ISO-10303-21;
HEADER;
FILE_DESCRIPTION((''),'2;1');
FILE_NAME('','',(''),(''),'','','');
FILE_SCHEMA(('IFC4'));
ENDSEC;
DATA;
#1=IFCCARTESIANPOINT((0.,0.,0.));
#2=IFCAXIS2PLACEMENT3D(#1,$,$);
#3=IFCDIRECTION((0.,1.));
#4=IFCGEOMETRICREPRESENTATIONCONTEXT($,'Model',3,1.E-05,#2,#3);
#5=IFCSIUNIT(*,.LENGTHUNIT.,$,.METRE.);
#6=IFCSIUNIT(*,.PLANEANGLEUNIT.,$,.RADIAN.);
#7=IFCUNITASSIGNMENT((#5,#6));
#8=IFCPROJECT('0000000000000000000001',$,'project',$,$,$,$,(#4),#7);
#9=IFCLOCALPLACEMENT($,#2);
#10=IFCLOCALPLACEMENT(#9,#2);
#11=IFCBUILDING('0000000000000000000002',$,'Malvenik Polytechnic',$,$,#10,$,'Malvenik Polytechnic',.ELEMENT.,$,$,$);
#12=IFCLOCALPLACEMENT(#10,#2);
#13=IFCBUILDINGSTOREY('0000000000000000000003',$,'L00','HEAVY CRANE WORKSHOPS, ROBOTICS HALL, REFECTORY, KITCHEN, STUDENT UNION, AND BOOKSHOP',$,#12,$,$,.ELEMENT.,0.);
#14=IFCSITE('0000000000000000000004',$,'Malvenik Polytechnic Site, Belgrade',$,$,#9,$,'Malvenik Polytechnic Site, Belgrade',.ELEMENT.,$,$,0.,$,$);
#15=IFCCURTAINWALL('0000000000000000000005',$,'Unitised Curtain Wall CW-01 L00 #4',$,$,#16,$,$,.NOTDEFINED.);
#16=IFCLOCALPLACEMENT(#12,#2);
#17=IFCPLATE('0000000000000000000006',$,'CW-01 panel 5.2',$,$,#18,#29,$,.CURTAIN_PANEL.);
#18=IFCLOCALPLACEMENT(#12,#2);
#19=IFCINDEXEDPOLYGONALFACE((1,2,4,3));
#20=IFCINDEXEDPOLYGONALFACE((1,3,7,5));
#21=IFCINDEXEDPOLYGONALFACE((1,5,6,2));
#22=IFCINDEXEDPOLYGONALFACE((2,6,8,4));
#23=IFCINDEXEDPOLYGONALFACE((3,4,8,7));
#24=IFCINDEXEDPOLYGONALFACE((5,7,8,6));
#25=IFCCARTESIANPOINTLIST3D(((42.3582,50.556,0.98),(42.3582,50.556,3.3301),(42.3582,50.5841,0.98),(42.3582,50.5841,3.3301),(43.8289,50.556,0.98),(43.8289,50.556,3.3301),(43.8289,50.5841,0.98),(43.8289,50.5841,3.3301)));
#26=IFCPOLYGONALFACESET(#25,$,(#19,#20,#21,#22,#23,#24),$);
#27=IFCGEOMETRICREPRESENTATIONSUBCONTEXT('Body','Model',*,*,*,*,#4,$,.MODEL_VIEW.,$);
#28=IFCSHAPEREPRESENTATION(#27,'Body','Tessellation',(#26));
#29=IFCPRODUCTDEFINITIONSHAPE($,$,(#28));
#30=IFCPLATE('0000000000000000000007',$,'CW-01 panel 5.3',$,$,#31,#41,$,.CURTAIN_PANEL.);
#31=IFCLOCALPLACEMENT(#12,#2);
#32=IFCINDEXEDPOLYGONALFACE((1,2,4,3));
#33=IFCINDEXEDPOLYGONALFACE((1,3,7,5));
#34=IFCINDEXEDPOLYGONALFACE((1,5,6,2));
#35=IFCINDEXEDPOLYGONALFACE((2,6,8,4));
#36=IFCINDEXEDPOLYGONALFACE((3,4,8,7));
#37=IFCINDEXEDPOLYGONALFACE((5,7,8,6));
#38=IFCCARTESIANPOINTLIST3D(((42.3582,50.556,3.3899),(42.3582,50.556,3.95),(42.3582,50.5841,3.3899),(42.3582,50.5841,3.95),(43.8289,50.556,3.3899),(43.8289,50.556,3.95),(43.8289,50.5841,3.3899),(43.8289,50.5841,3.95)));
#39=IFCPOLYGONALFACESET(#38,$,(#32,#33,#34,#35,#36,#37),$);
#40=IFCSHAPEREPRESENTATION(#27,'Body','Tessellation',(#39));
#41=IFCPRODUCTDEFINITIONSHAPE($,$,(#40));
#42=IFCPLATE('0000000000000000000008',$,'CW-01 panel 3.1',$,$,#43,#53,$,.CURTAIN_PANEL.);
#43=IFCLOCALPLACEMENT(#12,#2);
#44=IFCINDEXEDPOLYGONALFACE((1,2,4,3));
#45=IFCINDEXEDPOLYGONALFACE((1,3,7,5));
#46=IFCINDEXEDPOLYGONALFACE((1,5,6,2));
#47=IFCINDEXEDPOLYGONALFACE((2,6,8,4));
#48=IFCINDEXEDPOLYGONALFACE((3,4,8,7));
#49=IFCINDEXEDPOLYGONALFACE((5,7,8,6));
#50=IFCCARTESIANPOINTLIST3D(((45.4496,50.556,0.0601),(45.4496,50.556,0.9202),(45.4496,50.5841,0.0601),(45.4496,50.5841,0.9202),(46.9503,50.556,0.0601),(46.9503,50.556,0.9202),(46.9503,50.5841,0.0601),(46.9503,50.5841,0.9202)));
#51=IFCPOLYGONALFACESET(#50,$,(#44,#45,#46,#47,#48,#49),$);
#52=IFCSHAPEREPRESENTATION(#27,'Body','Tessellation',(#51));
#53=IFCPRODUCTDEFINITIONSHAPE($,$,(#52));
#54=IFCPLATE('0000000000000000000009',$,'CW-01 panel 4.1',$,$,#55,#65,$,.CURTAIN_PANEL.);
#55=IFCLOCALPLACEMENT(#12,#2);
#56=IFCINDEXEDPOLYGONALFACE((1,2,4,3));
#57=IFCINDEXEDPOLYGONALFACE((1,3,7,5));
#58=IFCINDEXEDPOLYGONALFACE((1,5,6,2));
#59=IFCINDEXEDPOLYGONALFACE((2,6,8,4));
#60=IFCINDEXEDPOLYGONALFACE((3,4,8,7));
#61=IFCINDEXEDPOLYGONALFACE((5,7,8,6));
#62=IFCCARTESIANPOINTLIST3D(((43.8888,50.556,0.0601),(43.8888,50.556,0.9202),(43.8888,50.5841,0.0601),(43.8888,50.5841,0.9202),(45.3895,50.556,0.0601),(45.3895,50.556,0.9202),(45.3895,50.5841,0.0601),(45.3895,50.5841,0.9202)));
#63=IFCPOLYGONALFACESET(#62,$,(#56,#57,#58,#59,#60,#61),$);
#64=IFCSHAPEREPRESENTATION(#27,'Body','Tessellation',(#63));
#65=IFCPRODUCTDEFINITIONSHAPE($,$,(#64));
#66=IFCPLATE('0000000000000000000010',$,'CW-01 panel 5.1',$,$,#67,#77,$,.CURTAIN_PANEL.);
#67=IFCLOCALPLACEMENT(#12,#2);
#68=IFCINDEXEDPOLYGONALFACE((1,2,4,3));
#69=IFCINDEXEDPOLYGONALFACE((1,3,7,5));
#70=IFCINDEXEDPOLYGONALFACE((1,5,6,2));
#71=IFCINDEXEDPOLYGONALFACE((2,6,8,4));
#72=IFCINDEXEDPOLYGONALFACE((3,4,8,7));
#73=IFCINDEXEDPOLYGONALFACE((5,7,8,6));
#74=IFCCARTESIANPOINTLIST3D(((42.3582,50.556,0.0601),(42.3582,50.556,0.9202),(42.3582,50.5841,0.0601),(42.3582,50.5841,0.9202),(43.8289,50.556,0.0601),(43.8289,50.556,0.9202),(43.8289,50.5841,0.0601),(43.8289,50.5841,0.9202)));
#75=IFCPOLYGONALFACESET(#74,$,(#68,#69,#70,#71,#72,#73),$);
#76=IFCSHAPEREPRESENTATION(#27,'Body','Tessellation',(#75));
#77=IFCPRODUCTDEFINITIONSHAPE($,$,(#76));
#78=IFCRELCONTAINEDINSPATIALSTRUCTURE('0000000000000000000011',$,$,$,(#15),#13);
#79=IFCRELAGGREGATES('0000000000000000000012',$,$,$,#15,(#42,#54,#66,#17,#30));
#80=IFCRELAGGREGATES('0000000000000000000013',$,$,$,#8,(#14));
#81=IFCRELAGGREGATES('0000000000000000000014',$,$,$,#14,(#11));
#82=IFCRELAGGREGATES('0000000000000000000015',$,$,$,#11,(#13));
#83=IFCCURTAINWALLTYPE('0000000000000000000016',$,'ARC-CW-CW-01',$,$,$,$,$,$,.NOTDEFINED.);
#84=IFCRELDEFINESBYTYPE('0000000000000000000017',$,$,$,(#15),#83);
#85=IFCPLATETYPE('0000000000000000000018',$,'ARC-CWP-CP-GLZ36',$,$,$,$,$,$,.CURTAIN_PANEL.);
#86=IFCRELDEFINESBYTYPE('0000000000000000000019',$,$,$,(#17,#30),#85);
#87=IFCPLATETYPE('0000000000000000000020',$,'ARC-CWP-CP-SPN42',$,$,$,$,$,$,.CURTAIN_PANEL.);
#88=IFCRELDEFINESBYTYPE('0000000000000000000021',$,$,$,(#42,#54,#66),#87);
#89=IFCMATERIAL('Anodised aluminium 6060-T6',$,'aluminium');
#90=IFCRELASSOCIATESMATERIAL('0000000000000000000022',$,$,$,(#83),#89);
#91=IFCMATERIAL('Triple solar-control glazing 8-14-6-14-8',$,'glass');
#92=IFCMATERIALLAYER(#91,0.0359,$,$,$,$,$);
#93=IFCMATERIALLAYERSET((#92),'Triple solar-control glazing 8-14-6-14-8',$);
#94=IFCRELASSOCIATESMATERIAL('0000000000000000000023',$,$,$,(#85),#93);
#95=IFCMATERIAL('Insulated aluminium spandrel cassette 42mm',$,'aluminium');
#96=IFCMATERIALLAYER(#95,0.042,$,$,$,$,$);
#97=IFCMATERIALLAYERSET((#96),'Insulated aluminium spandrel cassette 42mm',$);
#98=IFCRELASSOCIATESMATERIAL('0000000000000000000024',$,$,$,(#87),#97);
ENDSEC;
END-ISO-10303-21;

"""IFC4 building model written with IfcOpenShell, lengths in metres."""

from ifc_helpers import new_model, si_unit, direction, frame, origin, origin_2d, place, context, subcontext, project, spatial, rectangle, extrude, material, layer, layer_set, type_object, element, aggregate, save


model = new_model("IFC4")

# Units and contexts
model_context = context("Model", 3, precision=1e-05, world=origin(), true_north=direction((0.0, 1.0)))
body_context = subcontext(model_context, "Body", "Model", "MODEL_VIEW")
ifc_project = project(units=[si_unit("LENGTHUNIT", "METRE"), si_unit("PLANEANGLEUNIT", "RADIAN")], contexts=[model_context])

# Site, building, storey
site_placement = place(None, origin())
site = spatial("IfcSite", under=ifc_project, at=site_placement, Name="Malvenik Polytechnic Site, Belgrade", LongName="Malvenik Polytechnic Site, Belgrade", CompositionType="ELEMENT", RefElevation=0.0)
building_placement = place(site_placement, origin())
building = spatial("IfcBuilding", under=site, at=building_placement, Name="Malvenik Polytechnic", LongName="Malvenik Polytechnic", CompositionType="ELEMENT")
storey_placement = place(building_placement, origin())
storey = spatial("IfcBuildingStorey", under=building, at=storey_placement, Name="L00", Description="HEAVY CRANE WORKSHOPS, ROBOTICS HALL, REFECTORY, KITCHEN, STUDENT UNION, AND BOOKSHOP", CompositionType="ELEMENT", Elevation=0.0)

# Curtain wall, plates
ifc_material_1 = material(Name="Anodised aluminium 6060-T6", Category="aluminium")
curtain_wall_type = type_object("IfcCurtainWallType", Name="ARC-CW-CW-01", PredefinedType="NOTDEFINED", material=ifc_material_1)
curtain_wall_placement = place(storey_placement, origin())
curtain_wall = element("IfcCurtainWall", 1, at=curtain_wall_placement, inside=storey, type_object=curtain_wall_type, Name="Unitised Curtain Wall CW-01 L00 #4", PredefinedType="NOTDEFINED")
ifc_material_2 = material(Name="Triple solar-control glazing 8-14-6-14-8", Category="glass")
ifc_layer_1 = layer(ifc_material_2, 0.0359)
ifc_layer_set_1 = layer_set([ifc_layer_1], Name="Triple solar-control glazing 8-14-6-14-8")
plate_type_1 = type_object("IfcPlateType", Name="ARC-CWP-CP-GLZ36", PredefinedType="CURTAIN_PANEL", material=ifc_layer_set_1)
plate_1_placement = place(storey_placement, frame((43.0935, 50.5701, 0.98), z_axis=(0.0, 0.0, 1.0), x_axis=(-1.0, 0.0, 0.0)))
plate_1 = element("IfcPlate", 2, at=plate_1_placement, type_object=plate_type_1, Name="CW-01 panel 5.2", PredefinedType="CURTAIN_PANEL", context=body_context, shape_type="SweptSolid", body=[
    extrude(rectangle(XDim=1.4707, YDim=0.0281, at=origin_2d()), origin(), (0.0, 0.0, 1.0), 2.3501),
])
plate_2_placement = place(storey_placement, frame((43.0935, 50.5701, 3.3899), z_axis=(0.0, 0.0, 1.0), x_axis=(-1.0, 0.0, 0.0)))
plate_2 = element("IfcPlate", 3, at=plate_2_placement, type_object=plate_type_1, Name="CW-01 panel 5.3", PredefinedType="CURTAIN_PANEL", context=body_context, shape_type="SweptSolid", body=[
    extrude(rectangle(XDim=1.4707, YDim=0.0281, at=origin_2d()), origin(), (0.0, 0.0, 1.0), 0.5601),
])
ifc_material_3 = material(Name="Insulated aluminium spandrel cassette 42mm", Category="aluminium")
ifc_layer_2 = layer(ifc_material_3, 0.042)
ifc_layer_set_2 = layer_set([ifc_layer_2], Name="Insulated aluminium spandrel cassette 42mm")
plate_type_2 = type_object("IfcPlateType", Name="ARC-CWP-CP-SPN42", PredefinedType="CURTAIN_PANEL", material=ifc_layer_set_2)
plate_3_placement = place(storey_placement, frame((46.2, 50.5701, 0.0601), z_axis=(0.0, 0.0, 1.0), x_axis=(-1.0, 0.0, 0.0)))
plate_3 = element("IfcPlate", 4, at=plate_3_placement, type_object=plate_type_2, Name="CW-01 panel 3.1", PredefinedType="CURTAIN_PANEL", context=body_context, shape_type="SweptSolid", body=[
    extrude(rectangle(XDim=1.5007, YDim=0.0281, at=origin_2d()), origin(), (0.0, 0.0, 1.0), 0.8601),
])
plate_4_placement = place(storey_placement, frame((44.6392, 50.5701, 0.0601), z_axis=(0.0, 0.0, 1.0), x_axis=(-1.0, 0.0, 0.0)))
plate_4 = element("IfcPlate", 5, at=plate_4_placement, type_object=plate_type_2, Name="CW-01 panel 4.1", PredefinedType="CURTAIN_PANEL", context=body_context, shape_type="SweptSolid", body=[
    extrude(rectangle(XDim=1.5007, YDim=0.0281, at=origin_2d()), origin(), (0.0, 0.0, 1.0), 0.8601),
])
plate_5_placement = place(storey_placement, frame((43.0935, 50.5701, 0.0601), z_axis=(0.0, 0.0, 1.0), x_axis=(-1.0, 0.0, 0.0)))
plate_5 = element("IfcPlate", 6, at=plate_5_placement, type_object=plate_type_2, Name="CW-01 panel 5.1", PredefinedType="CURTAIN_PANEL", context=body_context, shape_type="SweptSolid", body=[
    extrude(rectangle(XDim=1.4707, YDim=0.0281, at=origin_2d()), origin(), (0.0, 0.0, 1.0), 0.8601),
])
aggregate(curtain_wall, [plate_3, plate_4, plate_5, plate_1, plate_2])

save(model, "model.ifc")
